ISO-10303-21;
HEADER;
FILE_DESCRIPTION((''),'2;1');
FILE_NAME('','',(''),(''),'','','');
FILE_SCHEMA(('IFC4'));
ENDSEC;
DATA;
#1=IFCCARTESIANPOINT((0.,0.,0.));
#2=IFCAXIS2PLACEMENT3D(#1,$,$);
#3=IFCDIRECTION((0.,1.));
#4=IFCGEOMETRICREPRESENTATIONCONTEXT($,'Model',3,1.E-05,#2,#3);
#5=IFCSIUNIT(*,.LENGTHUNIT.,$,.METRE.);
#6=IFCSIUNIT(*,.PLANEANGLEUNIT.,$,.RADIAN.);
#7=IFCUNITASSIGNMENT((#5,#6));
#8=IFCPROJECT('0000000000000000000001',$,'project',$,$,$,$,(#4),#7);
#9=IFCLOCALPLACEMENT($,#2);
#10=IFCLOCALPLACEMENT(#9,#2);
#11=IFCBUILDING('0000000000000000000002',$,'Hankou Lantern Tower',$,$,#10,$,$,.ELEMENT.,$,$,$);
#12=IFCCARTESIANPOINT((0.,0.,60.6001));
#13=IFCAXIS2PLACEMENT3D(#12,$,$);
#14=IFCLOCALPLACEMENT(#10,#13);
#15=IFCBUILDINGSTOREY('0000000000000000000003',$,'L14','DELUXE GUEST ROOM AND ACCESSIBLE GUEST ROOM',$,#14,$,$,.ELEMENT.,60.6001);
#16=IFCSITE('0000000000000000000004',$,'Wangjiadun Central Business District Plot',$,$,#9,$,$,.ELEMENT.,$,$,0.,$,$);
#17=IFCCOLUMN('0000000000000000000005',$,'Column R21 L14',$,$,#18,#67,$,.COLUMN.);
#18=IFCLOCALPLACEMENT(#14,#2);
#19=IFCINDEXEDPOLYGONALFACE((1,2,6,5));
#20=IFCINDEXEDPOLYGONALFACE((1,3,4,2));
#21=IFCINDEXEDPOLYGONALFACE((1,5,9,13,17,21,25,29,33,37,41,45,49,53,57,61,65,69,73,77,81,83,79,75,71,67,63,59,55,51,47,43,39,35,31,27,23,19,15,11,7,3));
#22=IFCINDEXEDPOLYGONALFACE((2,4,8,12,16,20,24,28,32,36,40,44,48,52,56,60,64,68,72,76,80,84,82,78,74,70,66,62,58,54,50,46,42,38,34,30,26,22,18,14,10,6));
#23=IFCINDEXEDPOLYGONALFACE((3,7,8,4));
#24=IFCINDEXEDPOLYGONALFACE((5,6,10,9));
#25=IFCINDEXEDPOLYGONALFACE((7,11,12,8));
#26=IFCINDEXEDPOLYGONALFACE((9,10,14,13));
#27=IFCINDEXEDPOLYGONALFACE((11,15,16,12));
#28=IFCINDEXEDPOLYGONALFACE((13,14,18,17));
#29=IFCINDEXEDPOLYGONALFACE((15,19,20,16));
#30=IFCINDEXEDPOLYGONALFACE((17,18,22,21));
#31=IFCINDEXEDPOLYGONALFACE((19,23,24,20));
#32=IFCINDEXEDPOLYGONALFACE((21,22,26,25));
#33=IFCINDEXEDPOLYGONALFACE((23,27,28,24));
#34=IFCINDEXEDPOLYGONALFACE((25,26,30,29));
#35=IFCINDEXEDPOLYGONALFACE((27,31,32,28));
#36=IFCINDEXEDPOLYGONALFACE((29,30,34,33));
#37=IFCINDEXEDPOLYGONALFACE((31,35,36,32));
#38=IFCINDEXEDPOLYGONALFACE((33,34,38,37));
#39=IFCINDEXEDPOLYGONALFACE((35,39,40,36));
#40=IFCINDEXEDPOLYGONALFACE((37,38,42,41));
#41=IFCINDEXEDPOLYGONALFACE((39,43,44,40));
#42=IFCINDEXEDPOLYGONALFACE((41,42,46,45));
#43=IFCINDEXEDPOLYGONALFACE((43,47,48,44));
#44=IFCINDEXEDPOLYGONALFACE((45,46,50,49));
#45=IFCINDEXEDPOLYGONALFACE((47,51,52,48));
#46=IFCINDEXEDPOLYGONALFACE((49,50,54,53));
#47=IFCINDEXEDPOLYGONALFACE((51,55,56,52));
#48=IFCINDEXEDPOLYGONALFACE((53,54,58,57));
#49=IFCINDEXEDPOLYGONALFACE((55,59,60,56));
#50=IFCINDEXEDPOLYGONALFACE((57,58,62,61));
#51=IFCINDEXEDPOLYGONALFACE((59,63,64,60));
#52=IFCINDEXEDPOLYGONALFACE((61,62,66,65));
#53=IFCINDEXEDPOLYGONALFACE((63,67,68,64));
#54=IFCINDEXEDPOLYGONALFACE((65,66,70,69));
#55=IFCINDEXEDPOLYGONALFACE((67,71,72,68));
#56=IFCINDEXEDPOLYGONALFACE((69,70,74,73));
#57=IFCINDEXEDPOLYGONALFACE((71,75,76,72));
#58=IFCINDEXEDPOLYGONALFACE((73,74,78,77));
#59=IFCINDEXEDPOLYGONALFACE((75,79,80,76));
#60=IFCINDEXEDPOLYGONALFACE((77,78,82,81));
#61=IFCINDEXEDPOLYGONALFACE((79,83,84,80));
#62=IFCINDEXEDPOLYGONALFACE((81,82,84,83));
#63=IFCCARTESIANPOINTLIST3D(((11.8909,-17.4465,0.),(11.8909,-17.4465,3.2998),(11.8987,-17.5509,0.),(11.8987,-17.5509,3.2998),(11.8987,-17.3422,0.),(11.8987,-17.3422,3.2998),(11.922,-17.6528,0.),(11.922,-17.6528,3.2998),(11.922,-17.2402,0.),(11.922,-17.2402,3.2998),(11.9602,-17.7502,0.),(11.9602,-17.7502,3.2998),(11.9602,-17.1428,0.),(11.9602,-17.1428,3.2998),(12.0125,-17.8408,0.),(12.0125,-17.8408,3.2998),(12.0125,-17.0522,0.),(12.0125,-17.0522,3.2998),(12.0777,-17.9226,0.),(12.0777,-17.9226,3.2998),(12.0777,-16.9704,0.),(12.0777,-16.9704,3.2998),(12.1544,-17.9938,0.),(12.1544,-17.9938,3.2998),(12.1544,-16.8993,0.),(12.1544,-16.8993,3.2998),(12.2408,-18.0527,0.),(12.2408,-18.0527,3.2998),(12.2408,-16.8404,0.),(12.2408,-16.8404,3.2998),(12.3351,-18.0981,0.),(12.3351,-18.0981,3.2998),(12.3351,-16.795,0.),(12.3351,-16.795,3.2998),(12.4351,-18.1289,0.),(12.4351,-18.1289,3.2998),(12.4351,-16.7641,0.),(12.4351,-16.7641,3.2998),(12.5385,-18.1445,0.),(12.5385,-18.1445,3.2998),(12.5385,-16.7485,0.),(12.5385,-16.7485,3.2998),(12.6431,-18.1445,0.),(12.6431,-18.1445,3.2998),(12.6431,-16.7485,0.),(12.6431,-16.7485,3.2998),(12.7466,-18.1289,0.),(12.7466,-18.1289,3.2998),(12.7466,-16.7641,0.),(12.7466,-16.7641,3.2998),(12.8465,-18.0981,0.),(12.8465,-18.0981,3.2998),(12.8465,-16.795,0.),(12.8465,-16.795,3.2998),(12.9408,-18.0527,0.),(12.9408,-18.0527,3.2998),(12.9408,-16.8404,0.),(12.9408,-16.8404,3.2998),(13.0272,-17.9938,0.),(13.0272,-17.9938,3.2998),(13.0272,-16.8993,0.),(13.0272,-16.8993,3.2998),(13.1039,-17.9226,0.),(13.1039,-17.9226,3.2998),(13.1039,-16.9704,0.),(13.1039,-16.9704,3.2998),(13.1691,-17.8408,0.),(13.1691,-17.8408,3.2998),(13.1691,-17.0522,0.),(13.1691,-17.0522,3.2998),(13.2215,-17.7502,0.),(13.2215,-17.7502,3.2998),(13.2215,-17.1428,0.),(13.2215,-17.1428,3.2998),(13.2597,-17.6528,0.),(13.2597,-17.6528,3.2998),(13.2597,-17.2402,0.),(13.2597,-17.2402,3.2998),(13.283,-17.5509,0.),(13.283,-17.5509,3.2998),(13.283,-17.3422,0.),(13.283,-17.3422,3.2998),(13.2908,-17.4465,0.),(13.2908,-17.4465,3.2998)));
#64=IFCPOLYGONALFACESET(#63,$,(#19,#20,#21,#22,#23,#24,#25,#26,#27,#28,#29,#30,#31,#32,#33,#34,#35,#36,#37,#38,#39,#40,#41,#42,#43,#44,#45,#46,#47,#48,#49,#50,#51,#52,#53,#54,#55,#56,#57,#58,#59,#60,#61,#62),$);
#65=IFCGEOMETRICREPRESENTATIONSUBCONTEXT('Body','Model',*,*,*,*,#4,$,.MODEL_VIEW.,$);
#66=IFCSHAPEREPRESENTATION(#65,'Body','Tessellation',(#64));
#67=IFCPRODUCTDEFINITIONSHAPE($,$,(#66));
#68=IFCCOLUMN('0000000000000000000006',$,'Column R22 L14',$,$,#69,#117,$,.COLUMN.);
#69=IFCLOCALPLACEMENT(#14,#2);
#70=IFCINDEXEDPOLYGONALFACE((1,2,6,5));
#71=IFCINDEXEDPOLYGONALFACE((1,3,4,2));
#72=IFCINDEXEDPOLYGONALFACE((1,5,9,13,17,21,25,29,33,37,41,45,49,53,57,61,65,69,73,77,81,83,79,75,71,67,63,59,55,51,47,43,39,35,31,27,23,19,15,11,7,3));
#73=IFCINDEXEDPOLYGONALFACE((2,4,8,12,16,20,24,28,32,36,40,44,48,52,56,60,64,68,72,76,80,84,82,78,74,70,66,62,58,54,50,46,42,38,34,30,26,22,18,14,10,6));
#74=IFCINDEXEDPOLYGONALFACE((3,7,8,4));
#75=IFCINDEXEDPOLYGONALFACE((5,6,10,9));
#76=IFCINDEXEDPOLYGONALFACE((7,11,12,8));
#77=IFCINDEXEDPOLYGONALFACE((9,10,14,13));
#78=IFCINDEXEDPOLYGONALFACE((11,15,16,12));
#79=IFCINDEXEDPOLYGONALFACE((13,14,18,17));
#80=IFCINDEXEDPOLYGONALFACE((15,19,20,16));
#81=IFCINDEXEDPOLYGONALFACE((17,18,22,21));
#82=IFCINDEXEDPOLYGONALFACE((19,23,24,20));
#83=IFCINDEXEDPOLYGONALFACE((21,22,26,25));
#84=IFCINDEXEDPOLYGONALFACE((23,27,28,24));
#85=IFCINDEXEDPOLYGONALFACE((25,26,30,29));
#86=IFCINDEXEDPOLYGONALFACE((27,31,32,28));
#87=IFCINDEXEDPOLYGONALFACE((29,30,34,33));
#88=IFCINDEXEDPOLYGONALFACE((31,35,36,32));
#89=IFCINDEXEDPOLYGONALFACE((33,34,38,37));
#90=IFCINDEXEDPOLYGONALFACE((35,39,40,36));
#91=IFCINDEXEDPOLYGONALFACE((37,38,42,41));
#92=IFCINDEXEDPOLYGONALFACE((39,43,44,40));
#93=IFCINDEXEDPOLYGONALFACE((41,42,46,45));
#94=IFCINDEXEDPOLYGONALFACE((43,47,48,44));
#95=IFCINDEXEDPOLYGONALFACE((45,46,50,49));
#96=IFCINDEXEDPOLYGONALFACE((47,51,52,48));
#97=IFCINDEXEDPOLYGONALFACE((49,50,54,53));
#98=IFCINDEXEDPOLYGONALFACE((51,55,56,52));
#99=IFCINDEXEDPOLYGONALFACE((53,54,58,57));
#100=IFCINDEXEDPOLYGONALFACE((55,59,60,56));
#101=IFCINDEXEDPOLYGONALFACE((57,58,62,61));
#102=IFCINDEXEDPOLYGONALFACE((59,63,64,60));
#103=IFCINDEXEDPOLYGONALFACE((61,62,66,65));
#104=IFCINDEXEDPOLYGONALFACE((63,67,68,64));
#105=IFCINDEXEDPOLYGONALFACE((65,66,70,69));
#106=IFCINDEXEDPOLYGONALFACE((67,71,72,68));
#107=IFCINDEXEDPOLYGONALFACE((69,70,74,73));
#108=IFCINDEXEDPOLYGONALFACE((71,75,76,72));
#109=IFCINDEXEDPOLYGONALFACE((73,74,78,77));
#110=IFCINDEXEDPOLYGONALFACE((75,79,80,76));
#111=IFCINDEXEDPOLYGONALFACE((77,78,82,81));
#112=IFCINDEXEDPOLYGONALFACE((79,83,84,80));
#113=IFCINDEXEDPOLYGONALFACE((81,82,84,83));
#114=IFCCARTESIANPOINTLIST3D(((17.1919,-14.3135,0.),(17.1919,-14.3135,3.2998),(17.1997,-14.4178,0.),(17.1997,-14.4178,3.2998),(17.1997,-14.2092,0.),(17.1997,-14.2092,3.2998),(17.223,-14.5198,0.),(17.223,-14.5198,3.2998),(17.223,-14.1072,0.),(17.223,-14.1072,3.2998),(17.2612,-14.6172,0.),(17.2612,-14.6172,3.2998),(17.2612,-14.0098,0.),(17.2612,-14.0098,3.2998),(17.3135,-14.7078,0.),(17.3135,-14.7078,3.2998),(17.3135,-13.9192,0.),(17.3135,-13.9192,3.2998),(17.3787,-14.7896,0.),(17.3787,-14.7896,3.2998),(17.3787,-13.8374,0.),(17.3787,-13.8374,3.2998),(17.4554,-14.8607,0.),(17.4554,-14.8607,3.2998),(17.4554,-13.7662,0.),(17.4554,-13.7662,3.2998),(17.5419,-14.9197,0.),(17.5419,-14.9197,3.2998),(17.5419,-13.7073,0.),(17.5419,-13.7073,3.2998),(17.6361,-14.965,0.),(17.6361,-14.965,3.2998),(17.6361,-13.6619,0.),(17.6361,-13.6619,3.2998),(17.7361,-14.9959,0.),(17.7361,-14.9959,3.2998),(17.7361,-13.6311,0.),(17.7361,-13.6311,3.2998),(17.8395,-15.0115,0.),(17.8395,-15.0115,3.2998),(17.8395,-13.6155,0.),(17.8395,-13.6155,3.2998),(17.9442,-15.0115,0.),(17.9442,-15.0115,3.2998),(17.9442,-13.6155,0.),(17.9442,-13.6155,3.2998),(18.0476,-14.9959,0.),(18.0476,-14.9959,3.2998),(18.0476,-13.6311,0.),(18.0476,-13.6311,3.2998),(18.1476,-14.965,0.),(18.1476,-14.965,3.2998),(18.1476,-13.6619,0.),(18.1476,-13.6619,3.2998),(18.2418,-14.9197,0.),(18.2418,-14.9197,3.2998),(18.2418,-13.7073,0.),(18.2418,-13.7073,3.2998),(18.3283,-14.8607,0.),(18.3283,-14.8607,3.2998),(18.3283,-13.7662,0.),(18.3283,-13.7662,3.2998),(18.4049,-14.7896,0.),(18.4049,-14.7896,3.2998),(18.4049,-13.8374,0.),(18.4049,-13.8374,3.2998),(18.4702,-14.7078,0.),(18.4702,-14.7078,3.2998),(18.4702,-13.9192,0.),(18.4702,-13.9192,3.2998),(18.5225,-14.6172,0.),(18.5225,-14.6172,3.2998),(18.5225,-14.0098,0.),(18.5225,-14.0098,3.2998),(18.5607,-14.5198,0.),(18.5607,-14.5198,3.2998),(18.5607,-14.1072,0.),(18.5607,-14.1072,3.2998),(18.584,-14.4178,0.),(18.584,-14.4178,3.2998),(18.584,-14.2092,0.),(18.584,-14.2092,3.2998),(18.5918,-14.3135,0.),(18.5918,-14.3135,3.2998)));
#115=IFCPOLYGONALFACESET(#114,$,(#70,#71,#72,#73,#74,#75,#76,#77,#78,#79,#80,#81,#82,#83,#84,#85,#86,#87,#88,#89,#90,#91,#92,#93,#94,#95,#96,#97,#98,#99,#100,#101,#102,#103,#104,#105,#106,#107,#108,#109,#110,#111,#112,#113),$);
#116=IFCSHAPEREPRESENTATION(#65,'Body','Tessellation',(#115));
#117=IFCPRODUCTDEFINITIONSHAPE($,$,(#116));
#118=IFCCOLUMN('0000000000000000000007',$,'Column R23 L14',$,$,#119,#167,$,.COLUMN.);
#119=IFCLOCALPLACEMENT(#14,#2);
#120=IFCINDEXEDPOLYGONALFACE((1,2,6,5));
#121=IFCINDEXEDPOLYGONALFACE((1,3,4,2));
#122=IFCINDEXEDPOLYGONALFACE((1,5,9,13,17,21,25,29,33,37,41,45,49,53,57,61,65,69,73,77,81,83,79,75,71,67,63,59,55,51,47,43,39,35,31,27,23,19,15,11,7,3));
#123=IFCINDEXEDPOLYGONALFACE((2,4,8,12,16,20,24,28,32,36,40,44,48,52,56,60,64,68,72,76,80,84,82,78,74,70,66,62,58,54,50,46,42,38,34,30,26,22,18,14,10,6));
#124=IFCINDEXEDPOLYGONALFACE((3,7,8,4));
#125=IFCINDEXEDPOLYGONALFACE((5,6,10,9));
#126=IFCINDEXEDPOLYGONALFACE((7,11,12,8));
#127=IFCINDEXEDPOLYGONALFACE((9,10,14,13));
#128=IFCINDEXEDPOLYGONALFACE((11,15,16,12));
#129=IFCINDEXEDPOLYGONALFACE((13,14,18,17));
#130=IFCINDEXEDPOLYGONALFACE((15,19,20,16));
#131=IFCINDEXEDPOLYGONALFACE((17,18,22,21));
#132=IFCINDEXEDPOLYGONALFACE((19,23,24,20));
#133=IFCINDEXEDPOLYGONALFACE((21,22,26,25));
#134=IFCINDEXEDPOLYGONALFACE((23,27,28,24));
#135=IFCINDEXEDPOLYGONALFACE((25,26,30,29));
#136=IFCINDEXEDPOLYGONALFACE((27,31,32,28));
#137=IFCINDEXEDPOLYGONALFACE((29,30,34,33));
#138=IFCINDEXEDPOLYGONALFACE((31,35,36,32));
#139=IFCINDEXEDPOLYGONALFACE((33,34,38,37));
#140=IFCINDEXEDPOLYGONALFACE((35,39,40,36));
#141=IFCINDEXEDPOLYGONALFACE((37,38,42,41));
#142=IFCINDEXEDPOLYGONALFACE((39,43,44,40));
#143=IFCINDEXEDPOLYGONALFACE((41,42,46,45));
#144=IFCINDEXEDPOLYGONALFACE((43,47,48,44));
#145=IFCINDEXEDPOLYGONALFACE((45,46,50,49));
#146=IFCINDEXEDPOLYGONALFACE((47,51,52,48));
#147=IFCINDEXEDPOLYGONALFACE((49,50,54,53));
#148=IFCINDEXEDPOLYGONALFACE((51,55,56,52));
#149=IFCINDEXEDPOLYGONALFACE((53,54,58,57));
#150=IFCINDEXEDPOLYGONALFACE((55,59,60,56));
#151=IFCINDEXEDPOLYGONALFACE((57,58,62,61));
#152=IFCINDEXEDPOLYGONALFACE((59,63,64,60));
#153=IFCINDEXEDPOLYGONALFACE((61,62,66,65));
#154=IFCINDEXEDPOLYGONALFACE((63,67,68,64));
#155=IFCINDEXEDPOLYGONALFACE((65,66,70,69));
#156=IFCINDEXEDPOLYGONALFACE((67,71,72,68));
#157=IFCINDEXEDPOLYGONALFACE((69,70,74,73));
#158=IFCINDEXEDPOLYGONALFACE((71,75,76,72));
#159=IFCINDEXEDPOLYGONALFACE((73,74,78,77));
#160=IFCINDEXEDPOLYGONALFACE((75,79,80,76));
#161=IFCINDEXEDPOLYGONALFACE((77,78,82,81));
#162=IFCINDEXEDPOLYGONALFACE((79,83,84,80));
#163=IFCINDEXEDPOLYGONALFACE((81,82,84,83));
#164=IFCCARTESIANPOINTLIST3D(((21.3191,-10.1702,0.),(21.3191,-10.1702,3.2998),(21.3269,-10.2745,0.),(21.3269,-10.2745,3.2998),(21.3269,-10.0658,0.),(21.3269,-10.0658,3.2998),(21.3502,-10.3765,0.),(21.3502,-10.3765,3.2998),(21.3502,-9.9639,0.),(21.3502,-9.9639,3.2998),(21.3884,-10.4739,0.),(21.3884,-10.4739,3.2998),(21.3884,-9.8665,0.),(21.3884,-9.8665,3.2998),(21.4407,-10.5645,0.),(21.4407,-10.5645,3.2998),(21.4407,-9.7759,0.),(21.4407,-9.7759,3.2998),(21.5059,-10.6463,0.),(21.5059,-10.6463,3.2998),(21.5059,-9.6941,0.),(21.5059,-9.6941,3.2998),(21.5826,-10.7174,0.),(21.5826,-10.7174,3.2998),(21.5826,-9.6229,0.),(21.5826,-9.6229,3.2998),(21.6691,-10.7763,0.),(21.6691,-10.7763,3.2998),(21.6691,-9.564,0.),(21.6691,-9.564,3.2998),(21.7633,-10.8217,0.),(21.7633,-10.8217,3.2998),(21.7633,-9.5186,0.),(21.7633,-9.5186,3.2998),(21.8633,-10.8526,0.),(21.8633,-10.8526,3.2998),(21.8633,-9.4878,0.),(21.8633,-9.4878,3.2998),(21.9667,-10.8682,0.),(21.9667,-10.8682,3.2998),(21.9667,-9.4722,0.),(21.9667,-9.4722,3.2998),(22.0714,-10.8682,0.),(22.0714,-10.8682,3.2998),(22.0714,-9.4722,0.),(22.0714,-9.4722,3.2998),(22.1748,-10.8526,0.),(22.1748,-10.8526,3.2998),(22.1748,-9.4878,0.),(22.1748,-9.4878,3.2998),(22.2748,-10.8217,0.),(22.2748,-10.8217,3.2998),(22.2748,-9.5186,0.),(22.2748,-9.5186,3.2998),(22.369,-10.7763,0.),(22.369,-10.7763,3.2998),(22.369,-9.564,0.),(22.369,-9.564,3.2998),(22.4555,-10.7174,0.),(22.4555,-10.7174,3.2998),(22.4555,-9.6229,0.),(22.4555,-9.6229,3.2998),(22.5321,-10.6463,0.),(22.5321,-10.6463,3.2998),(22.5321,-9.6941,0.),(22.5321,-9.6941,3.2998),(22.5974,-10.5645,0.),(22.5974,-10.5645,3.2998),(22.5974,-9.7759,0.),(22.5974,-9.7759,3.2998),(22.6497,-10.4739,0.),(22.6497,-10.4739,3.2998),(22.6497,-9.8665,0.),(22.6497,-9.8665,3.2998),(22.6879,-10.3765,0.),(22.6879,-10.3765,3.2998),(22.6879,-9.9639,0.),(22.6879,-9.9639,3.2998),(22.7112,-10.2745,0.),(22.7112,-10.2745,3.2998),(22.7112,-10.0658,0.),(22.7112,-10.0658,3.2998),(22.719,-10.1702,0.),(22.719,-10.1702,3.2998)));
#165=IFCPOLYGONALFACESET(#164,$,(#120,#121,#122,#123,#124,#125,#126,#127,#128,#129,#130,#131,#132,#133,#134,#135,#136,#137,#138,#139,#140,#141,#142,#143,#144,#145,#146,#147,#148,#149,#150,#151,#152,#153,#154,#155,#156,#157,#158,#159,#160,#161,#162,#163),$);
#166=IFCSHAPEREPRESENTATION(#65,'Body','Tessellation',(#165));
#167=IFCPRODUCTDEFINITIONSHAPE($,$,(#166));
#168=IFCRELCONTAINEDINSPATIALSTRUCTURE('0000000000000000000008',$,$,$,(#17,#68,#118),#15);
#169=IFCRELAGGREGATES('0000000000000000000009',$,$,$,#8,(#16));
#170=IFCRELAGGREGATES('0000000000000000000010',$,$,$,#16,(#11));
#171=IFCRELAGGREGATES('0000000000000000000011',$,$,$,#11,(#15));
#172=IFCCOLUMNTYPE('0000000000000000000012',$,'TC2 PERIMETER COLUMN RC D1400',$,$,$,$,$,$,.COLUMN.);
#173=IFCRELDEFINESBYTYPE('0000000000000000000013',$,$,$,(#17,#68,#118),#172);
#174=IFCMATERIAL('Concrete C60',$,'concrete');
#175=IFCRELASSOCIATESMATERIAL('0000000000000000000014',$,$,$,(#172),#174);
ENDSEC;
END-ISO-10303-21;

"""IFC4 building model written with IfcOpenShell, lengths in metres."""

from ifc_helpers import new_model, si_unit, direction, frame, origin, origin_2d, place, context, subcontext, project, spatial, circle, extrude, material, material_profile, profile_set, type_object, element, save


model = new_model("IFC4")

# Units and contexts
model_context = context("Model", 3, precision=1e-05, world=origin(), true_north=direction((0.0, 1.0)))
body_context = subcontext(model_context, "Body", "Model", "MODEL_VIEW")
ifc_project = project(units=[si_unit("LENGTHUNIT", "METRE"), si_unit("PLANEANGLEUNIT", "RADIAN")], contexts=[model_context])

# Site, building, storey
site_placement = place(None, origin())
site = spatial("IfcSite", under=ifc_project, at=site_placement, Name="Wangjiadun Central Business District Plot", CompositionType="ELEMENT", RefElevation=0.0)
building_placement = place(site_placement, origin())
building = spatial("IfcBuilding", under=site, at=building_placement, Name="Hankou Lantern Tower", CompositionType="ELEMENT")
storey_placement = place(building_placement, frame((0.0, 0.0, 60.6001)))
storey = spatial("IfcBuildingStorey", under=building, at=storey_placement, Name="L14", Description="DELUXE GUEST ROOM AND ACCESSIBLE GUEST ROOM", CompositionType="ELEMENT", Elevation=60.6001)

# Columns
ifc_material_1 = material(Name="Concrete C60", Category="concrete")
ifc_material_profile_1 = material_profile(ifc_material_1, circle(Radius=0.7, at=origin_2d()), Name="RC D1400")
ifc_profile_set_1 = profile_set([ifc_material_profile_1], Name="Concrete C60")
column_type = type_object("IfcColumnType", Name="TC2 PERIMETER COLUMN RC D1400", PredefinedType="COLUMN", material=ifc_profile_set_1)
for number, where, z_axis, x_axis, name in (
    (1, (12.5908, -17.4465, 0.0), (0.0, 0.0, 1.0), (1.0, 0.0, 0.0), "Column R21 L14"),
    (2, (17.8918, -14.3135, 0.0), (0.0, 0.0, 1.0), (1.0, 0.0, 0.0), "Column R22 L14"),
    (3, (22.019, -10.1702, 0.0), (0.0, 0.0, 1.0), (1.0, 0.0, 0.0), "Column R23 L14"),
):
    element("IfcColumn", number, at=place(storey_placement, frame(where, z_axis=z_axis, x_axis=x_axis)), inside=storey, type_object=column_type, Name=name, PredefinedType="COLUMN", context=body_context, shape_type="SweptSolid", body=[
        extrude(circle(Radius=0.7, at=origin_2d()), origin(), (0.0, 0.0, 1.0), 3.2998),
    ])

save(model, "model.ifc")
